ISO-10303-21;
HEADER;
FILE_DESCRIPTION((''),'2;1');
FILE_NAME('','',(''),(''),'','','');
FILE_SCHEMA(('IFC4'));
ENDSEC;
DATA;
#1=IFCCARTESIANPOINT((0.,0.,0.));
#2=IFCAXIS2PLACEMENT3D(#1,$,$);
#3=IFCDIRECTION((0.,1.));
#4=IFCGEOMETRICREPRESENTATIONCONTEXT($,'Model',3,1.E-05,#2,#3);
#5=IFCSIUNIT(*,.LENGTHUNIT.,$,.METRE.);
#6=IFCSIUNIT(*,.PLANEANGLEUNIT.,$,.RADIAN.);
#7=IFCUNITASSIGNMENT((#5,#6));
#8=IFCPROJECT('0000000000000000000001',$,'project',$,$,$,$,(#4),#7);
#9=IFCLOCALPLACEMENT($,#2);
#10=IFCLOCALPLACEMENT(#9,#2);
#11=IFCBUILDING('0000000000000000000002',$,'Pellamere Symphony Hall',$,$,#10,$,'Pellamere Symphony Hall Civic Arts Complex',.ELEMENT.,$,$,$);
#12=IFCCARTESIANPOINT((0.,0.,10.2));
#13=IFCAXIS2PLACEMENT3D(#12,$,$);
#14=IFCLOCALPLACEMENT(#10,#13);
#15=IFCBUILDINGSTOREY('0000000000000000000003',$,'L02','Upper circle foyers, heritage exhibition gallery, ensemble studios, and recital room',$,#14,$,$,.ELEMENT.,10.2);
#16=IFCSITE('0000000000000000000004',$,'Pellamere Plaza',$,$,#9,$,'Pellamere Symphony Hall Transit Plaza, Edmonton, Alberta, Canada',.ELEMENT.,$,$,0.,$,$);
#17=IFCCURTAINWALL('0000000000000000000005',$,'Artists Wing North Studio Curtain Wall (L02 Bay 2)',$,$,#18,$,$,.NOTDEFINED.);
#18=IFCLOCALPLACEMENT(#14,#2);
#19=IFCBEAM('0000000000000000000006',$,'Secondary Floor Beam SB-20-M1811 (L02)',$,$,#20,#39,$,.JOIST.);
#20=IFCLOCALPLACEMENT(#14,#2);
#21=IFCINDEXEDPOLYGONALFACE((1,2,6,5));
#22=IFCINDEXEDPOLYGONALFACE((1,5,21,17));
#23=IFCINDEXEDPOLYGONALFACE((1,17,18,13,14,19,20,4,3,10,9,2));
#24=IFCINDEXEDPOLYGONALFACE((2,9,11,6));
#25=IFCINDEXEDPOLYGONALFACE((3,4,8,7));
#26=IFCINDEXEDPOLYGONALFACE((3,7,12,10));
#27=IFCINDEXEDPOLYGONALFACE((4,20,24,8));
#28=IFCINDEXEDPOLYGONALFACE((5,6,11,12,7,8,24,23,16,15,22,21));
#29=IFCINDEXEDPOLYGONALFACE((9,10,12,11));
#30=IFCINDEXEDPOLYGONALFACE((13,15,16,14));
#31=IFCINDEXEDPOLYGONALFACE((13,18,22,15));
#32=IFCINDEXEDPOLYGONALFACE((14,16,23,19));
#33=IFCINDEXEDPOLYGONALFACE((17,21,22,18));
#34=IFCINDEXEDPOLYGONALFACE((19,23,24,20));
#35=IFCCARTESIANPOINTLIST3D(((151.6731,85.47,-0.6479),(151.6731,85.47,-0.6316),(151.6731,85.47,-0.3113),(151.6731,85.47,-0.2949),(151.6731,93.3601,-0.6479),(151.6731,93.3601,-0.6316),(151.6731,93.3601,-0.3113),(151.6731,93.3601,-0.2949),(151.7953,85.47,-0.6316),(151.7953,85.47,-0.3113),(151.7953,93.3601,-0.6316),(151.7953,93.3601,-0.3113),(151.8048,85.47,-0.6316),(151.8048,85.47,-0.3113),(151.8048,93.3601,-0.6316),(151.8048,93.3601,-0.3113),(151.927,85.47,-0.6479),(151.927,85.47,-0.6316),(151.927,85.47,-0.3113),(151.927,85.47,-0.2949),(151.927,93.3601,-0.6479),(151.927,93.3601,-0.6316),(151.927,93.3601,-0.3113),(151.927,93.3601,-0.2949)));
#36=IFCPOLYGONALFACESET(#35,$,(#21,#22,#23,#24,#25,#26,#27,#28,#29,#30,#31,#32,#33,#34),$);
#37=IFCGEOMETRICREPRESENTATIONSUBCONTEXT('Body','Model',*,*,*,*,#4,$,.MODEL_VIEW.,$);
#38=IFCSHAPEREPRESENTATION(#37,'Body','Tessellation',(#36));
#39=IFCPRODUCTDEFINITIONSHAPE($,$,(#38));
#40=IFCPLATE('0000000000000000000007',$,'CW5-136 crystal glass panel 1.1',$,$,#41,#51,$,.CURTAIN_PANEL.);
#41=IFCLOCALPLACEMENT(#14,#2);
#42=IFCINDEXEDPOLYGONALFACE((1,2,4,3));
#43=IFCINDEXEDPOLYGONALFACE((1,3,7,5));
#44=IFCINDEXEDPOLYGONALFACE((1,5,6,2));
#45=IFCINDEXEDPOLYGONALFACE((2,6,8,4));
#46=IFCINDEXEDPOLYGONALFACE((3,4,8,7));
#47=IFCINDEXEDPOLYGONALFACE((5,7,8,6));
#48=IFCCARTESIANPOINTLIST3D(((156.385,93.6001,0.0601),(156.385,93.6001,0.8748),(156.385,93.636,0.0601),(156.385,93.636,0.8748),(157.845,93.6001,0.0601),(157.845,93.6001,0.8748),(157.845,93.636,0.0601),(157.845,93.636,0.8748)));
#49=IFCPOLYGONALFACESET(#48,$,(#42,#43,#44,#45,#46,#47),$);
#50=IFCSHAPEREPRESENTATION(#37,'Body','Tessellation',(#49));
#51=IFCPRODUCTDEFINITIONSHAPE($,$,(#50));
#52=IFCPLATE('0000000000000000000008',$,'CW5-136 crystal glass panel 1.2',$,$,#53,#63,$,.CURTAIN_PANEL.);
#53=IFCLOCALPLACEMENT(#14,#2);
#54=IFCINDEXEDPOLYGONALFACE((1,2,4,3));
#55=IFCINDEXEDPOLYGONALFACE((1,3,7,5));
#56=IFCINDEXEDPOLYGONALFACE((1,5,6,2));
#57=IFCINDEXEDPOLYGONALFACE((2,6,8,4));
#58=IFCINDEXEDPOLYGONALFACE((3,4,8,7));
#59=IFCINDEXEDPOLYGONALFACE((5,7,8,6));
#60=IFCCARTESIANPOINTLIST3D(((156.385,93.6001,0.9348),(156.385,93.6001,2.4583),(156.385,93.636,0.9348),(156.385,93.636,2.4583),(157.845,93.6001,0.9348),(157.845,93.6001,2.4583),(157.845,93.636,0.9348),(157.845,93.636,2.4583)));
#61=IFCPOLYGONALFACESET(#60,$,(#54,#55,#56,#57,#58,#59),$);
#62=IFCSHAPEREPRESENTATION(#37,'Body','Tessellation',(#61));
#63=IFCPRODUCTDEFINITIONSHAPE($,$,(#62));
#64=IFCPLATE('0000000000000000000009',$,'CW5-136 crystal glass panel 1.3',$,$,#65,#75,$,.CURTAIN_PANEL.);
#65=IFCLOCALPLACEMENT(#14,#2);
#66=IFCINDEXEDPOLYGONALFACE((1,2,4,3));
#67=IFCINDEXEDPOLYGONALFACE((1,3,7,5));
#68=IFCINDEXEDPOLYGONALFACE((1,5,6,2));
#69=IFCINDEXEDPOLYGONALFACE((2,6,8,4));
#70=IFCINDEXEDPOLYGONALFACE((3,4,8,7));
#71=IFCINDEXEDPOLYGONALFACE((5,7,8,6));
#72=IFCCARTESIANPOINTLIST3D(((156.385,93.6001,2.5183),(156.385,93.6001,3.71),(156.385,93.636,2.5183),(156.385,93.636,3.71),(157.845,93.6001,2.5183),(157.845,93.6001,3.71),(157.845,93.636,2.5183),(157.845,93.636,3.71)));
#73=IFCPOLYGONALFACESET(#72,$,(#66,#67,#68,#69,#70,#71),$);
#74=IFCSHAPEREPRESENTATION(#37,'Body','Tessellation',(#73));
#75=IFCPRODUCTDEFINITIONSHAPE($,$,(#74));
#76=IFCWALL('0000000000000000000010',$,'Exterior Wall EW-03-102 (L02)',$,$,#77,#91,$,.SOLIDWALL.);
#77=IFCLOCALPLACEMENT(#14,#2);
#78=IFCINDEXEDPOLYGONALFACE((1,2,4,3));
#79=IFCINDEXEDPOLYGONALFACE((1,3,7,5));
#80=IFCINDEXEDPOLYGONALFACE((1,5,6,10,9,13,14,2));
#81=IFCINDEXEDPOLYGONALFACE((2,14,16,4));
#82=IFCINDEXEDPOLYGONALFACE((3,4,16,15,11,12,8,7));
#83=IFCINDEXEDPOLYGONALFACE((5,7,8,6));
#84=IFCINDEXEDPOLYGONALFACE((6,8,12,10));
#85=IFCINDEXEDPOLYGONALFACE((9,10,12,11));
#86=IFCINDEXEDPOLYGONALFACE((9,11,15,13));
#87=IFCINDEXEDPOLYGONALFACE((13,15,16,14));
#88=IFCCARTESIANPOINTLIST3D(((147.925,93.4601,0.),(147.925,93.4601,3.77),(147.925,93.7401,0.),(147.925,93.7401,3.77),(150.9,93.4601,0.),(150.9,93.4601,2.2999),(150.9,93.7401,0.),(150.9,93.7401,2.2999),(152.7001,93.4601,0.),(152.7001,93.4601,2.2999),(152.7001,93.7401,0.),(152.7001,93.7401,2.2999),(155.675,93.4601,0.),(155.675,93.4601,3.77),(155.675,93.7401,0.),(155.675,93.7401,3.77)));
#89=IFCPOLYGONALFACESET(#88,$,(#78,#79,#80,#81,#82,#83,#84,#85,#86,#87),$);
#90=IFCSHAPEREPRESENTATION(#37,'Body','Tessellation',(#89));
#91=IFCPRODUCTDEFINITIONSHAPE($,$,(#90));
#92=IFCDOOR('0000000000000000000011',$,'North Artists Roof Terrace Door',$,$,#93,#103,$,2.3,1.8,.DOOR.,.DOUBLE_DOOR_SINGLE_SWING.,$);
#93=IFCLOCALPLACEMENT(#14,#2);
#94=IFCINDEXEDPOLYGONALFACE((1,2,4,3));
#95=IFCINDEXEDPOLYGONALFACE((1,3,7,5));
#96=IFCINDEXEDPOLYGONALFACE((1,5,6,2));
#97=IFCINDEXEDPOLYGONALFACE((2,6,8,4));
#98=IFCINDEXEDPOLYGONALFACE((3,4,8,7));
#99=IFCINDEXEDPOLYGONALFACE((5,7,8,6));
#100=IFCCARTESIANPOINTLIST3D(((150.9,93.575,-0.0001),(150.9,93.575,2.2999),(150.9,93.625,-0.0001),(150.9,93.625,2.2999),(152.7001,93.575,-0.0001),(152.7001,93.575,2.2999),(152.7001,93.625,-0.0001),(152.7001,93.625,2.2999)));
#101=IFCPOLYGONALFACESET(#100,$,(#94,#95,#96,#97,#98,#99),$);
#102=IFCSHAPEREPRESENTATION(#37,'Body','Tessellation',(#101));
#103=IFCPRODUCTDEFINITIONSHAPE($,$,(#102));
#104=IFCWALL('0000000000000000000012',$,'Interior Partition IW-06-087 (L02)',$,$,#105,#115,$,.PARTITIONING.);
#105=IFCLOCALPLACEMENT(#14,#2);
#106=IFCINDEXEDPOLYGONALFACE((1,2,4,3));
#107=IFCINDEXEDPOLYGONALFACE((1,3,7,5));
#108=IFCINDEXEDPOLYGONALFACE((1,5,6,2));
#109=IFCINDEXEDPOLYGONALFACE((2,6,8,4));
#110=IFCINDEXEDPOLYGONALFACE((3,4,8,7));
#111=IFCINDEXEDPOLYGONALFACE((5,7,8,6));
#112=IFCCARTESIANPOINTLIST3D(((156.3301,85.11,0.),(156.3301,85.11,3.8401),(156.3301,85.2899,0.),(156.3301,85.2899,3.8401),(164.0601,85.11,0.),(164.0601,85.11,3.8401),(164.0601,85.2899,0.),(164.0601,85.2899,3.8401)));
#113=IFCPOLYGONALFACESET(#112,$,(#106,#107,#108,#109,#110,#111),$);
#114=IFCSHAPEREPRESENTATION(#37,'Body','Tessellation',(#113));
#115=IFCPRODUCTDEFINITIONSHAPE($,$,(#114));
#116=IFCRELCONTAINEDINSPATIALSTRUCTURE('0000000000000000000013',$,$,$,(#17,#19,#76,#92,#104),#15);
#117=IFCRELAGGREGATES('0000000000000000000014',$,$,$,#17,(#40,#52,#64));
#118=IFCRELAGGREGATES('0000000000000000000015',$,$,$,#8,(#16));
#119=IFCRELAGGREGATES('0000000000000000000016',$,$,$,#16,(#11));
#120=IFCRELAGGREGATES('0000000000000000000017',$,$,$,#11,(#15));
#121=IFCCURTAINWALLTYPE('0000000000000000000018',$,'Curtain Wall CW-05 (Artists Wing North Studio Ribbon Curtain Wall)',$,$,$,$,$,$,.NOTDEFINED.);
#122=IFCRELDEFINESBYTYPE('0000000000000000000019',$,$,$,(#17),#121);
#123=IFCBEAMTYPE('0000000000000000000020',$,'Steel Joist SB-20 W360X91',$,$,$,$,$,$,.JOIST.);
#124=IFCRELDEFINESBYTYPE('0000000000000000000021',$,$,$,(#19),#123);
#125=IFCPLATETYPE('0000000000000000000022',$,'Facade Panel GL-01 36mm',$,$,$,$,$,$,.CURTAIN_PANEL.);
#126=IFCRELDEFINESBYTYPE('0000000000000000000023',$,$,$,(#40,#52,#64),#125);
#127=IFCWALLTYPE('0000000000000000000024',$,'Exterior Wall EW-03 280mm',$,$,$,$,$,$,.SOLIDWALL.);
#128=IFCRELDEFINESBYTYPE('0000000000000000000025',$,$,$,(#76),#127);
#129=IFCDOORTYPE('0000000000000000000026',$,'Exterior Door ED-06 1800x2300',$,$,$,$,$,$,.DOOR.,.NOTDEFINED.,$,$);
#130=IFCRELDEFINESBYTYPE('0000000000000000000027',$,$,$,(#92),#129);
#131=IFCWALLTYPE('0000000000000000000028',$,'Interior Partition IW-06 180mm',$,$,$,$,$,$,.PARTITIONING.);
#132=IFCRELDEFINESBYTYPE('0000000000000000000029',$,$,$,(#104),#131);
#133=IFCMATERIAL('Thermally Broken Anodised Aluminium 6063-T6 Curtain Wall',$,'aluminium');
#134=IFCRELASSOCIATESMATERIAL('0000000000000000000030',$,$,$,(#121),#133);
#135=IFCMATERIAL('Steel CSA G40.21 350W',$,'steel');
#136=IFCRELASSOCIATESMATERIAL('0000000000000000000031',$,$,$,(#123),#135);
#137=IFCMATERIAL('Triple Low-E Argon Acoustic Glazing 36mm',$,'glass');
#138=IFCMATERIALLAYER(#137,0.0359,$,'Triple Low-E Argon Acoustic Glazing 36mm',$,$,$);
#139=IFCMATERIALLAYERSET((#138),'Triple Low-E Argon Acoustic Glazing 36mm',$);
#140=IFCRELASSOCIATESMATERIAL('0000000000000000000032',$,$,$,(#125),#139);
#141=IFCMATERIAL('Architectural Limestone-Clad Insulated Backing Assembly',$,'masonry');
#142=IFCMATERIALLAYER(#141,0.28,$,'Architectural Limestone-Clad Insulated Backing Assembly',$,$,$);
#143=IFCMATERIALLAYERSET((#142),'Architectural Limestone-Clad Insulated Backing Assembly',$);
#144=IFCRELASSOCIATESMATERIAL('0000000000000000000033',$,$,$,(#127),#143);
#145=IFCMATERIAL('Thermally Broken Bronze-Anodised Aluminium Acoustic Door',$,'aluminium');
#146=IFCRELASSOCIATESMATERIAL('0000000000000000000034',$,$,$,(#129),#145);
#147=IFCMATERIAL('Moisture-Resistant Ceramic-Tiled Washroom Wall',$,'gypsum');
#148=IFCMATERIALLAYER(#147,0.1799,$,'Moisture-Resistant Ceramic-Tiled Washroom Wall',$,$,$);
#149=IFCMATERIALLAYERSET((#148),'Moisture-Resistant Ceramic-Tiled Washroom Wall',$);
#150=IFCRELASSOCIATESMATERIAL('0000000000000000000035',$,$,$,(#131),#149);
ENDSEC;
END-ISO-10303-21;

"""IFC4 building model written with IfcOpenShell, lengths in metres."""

from ifc_helpers import new_model, si_unit, direction, frame, frame_2d, origin, origin_2d, place, context, subcontext, project, spatial, polyline, rectangle, i_section, outline, extrude, material, layer, layer_set, material_profile, profile_set, type_object, element, fill, aggregate, save


model = new_model("IFC4")

# Units and contexts
model_context = context("Model", 3, precision=1e-05, world=origin(), true_north=direction((0.0, 1.0)))
body_context = subcontext(model_context, "Body", "Model", "MODEL_VIEW")
ifc_project = project(units=[si_unit("LENGTHUNIT", "METRE"), si_unit("PLANEANGLEUNIT", "RADIAN")], contexts=[model_context])

# Site, building, storey
site_placement = place(None, origin())
site = spatial("IfcSite", under=ifc_project, at=site_placement, Name="Pellamere Plaza", LongName="Pellamere Symphony Hall Transit Plaza, Edmonton, Alberta, Canada", CompositionType="ELEMENT", RefElevation=0.0)
building_placement = place(site_placement, origin())
building = spatial("IfcBuilding", under=site, at=building_placement, Name="Pellamere Symphony Hall", LongName="Pellamere Symphony Hall Civic Arts Complex", CompositionType="ELEMENT")
storey_placement = place(building_placement, frame((0.0, 0.0, 10.2)))
storey = spatial("IfcBuildingStorey", under=building, at=storey_placement, Name="L02", Description="Upper circle foyers, heritage exhibition gallery, ensemble studios, and recital room", CompositionType="ELEMENT", Elevation=10.2)

# Curtain wall
ifc_material_1 = material(Name="Thermally Broken Anodised Aluminium 6063-T6 Curtain Wall", Category="aluminium")
curtain_wall_type = type_object("IfcCurtainWallType", Name="Curtain Wall CW-05 (Artists Wing North Studio Ribbon Curtain Wall)", PredefinedType="NOTDEFINED", material=ifc_material_1)
curtain_wall_placement = place(storey_placement, origin())
curtain_wall = element("IfcCurtainWall", 1, at=curtain_wall_placement, inside=storey, type_object=curtain_wall_type, Name="Artists Wing North Studio Curtain Wall (L02 Bay 2)", PredefinedType="NOTDEFINED")

# Beam
ifc_material_2 = material(Name="Steel CSA G40.21 350W", Category="steel")
ifc_material_profile_1 = material_profile(ifc_material_2, i_section(OverallWidth=0.2539, OverallDepth=0.353, WebThickness=0.0095, FlangeThickness=0.0164, at=origin_2d()), Name="W360X91")
ifc_profile_set_1 = profile_set([ifc_material_profile_1], Name="Steel CSA G40.21 350W")
beam_type_1 = type_object("IfcBeamType", Name="Steel Joist SB-20 W360X91", PredefinedType="JOIST", material=ifc_profile_set_1)
beam_1_placement = place(storey_placement, frame((151.8, 85.47, -0.4714), z_axis=(0.0, 1.0, 0.0), x_axis=(-1.0, 0.0, 0.0)))
element("IfcBeam", 2, at=beam_1_placement, inside=storey, type_object=beam_type_1, Name="Secondary Floor Beam SB-20-M1811 (L02)", PredefinedType="JOIST", context=body_context, shape_type="SweptSolid", body=[
    extrude(i_section(OverallWidth=0.2539, OverallDepth=0.353, WebThickness=0.0095, FlangeThickness=0.0164, at=origin_2d()), origin(), (0.0, 0.0, 1.0), 7.8901),
])

# Plates
ifc_material_3 = material(Name="Triple Low-E Argon Acoustic Glazing 36mm", Category="glass")
ifc_layer_1 = layer(ifc_material_3, 0.0359, Name="Triple Low-E Argon Acoustic Glazing 36mm")
ifc_layer_set_1 = layer_set([ifc_layer_1], Name="Triple Low-E Argon Acoustic Glazing 36mm")
plate_type = type_object("IfcPlateType", Name="Facade Panel GL-01 36mm", PredefinedType="CURTAIN_PANEL", material=ifc_layer_set_1)
plate_1_placement = place(storey_placement, frame((156.385, 93.6001, 0.0601), z_axis=(0.0, -1.0, 0.0), x_axis=(1.0, 0.0, 0.0)))
plate_1 = element("IfcPlate", 3, at=plate_1_placement, type_object=plate_type, Name="CW5-136 crystal glass panel 1.1", PredefinedType="CURTAIN_PANEL", context=body_context, shape_type="SweptSolid", body=[
    extrude(outline(polyline([(0.0, 0.0), (1.46, 0.0), (1.46, 0.8147), (0.0, 0.8147), (0.0, 0.0)])), origin(), (0.0, 0.0, -1.0), 0.0359),
])
plate_2_placement = place(storey_placement, frame((156.385, 93.6001, 0.9348), z_axis=(0.0, -1.0, 0.0), x_axis=(1.0, 0.0, 0.0)))
plate_2 = element("IfcPlate", 4, at=plate_2_placement, type_object=plate_type, Name="CW5-136 crystal glass panel 1.2", PredefinedType="CURTAIN_PANEL", context=body_context, shape_type="SweptSolid", body=[
    extrude(outline(polyline([(0.0, 0.0), (1.46, 0.0), (1.46, 1.5234), (0.0, 1.5234), (0.0, 0.0)])), origin(), (0.0, 0.0, -1.0), 0.0359),
])
plate_3_placement = place(storey_placement, frame((156.385, 93.6001, 2.5183), z_axis=(0.0, -1.0, 0.0), x_axis=(1.0, 0.0, 0.0)))
plate_3 = element("IfcPlate", 5, at=plate_3_placement, type_object=plate_type, Name="CW5-136 crystal glass panel 1.3", PredefinedType="CURTAIN_PANEL", context=body_context, shape_type="SweptSolid", body=[
    extrude(outline(polyline([(0.0, 0.0), (1.46, 0.0), (1.46, 1.1917), (0.0, 1.1917), (0.0, 0.0)])), origin(), (0.0, 0.0, -1.0), 0.0359),
])
aggregate(curtain_wall, [plate_1, plate_2, plate_3])

# Wall, opening, door
ifc_material_4 = material(Name="Architectural Limestone-Clad Insulated Backing Assembly", Category="masonry")
ifc_layer_2 = layer(ifc_material_4, 0.28, Name="Architectural Limestone-Clad Insulated Backing Assembly")
ifc_layer_set_2 = layer_set([ifc_layer_2], Name="Architectural Limestone-Clad Insulated Backing Assembly")
wall_type_1 = type_object("IfcWallType", Name="Exterior Wall EW-03 280mm", PredefinedType="SOLIDWALL", material=ifc_layer_set_2)
wall_1_placement = place(storey_placement, frame((147.925, 93.6001, 0.0), z_axis=(0.0, 0.0, 1.0), x_axis=(1.0, 0.0, 0.0)))
wall_1 = element("IfcWall", 6, at=wall_1_placement, inside=storey, type_object=wall_type_1, Name="Exterior Wall EW-03-102 (L02)", PredefinedType="SOLIDWALL", context=body_context, shape_type="SweptSolid", body=[
    extrude(rectangle(XDim=7.75, YDim=0.28, at=frame_2d((3.875, 0.0))), origin(), (0.0, 0.0, 1.0), 3.77),
])
opening_placement = place(wall_1_placement, frame((2.9751, 0.0, 0.0)))
opening = element("IfcOpeningElement", 7, at=opening_placement, cuts=wall_1, PredefinedType="OPENING", context=body_context, shape_type="SweptSolid", body=[
    extrude(rectangle(XDim=1.8, YDim=2.3, at=frame_2d((0.8999, 1.1499))), frame((0.0, 0.1499, 0.0), z_axis=(0.0, -1.0, 0.0), x_axis=(1.0, 0.0, 0.0)), (0.0, 0.0, 1.0), 0.3),
])
ifc_material_5 = material(Name="Thermally Broken Bronze-Anodised Aluminium Acoustic Door", Category="aluminium")
door_type = type_object("IfcDoorType", Name="Exterior Door ED-06 1800x2300", OperationType="NOTDEFINED", PredefinedType="DOOR", material=ifc_material_5)
door_placement = place(opening_placement, origin())
door = element("IfcDoor", 8, at=door_placement, inside=storey, type_object=door_type, Name="North Artists Roof Terrace Door", OperationType="DOUBLE_DOOR_SINGLE_SWING", OverallHeight=2.3, OverallWidth=1.8, PredefinedType="DOOR", context=body_context, shape_type="SweptSolid", body=[
    extrude(rectangle(XDim=1.8, YDim=2.3, at=frame_2d((0.8999, 1.1499))), frame((0.0, 0.0249, 0.0), z_axis=(0.0, -1.0, 0.0), x_axis=(1.0, 0.0, 0.0)), (0.0, 0.0, 1.0), 0.05),
])
fill(opening, door)

# Wall
ifc_material_6 = material(Name="Moisture-Resistant Ceramic-Tiled Washroom Wall", Category="gypsum")
ifc_layer_3 = layer(ifc_material_6, 0.1799, Name="Moisture-Resistant Ceramic-Tiled Washroom Wall")
ifc_layer_set_3 = layer_set([ifc_layer_3], Name="Moisture-Resistant Ceramic-Tiled Washroom Wall")
wall_type_2 = type_object("IfcWallType", Name="Interior Partition IW-06 180mm", PredefinedType="PARTITIONING", material=ifc_layer_set_3)
wall_2_placement = place(storey_placement, frame((156.3301, 85.2, 0.0), z_axis=(0.0, 0.0, 1.0), x_axis=(1.0, 0.0, 0.0)))
element("IfcWall", 9, at=wall_2_placement, inside=storey, type_object=wall_type_2, Name="Interior Partition IW-06-087 (L02)", PredefinedType="PARTITIONING", context=body_context, shape_type="SweptSolid", body=[
    extrude(rectangle(XDim=7.73, YDim=0.1799, at=frame_2d((3.865, 0.0))), origin(), (0.0, 0.0, 1.0), 3.8401),
])

save(model, "model.ifc")
